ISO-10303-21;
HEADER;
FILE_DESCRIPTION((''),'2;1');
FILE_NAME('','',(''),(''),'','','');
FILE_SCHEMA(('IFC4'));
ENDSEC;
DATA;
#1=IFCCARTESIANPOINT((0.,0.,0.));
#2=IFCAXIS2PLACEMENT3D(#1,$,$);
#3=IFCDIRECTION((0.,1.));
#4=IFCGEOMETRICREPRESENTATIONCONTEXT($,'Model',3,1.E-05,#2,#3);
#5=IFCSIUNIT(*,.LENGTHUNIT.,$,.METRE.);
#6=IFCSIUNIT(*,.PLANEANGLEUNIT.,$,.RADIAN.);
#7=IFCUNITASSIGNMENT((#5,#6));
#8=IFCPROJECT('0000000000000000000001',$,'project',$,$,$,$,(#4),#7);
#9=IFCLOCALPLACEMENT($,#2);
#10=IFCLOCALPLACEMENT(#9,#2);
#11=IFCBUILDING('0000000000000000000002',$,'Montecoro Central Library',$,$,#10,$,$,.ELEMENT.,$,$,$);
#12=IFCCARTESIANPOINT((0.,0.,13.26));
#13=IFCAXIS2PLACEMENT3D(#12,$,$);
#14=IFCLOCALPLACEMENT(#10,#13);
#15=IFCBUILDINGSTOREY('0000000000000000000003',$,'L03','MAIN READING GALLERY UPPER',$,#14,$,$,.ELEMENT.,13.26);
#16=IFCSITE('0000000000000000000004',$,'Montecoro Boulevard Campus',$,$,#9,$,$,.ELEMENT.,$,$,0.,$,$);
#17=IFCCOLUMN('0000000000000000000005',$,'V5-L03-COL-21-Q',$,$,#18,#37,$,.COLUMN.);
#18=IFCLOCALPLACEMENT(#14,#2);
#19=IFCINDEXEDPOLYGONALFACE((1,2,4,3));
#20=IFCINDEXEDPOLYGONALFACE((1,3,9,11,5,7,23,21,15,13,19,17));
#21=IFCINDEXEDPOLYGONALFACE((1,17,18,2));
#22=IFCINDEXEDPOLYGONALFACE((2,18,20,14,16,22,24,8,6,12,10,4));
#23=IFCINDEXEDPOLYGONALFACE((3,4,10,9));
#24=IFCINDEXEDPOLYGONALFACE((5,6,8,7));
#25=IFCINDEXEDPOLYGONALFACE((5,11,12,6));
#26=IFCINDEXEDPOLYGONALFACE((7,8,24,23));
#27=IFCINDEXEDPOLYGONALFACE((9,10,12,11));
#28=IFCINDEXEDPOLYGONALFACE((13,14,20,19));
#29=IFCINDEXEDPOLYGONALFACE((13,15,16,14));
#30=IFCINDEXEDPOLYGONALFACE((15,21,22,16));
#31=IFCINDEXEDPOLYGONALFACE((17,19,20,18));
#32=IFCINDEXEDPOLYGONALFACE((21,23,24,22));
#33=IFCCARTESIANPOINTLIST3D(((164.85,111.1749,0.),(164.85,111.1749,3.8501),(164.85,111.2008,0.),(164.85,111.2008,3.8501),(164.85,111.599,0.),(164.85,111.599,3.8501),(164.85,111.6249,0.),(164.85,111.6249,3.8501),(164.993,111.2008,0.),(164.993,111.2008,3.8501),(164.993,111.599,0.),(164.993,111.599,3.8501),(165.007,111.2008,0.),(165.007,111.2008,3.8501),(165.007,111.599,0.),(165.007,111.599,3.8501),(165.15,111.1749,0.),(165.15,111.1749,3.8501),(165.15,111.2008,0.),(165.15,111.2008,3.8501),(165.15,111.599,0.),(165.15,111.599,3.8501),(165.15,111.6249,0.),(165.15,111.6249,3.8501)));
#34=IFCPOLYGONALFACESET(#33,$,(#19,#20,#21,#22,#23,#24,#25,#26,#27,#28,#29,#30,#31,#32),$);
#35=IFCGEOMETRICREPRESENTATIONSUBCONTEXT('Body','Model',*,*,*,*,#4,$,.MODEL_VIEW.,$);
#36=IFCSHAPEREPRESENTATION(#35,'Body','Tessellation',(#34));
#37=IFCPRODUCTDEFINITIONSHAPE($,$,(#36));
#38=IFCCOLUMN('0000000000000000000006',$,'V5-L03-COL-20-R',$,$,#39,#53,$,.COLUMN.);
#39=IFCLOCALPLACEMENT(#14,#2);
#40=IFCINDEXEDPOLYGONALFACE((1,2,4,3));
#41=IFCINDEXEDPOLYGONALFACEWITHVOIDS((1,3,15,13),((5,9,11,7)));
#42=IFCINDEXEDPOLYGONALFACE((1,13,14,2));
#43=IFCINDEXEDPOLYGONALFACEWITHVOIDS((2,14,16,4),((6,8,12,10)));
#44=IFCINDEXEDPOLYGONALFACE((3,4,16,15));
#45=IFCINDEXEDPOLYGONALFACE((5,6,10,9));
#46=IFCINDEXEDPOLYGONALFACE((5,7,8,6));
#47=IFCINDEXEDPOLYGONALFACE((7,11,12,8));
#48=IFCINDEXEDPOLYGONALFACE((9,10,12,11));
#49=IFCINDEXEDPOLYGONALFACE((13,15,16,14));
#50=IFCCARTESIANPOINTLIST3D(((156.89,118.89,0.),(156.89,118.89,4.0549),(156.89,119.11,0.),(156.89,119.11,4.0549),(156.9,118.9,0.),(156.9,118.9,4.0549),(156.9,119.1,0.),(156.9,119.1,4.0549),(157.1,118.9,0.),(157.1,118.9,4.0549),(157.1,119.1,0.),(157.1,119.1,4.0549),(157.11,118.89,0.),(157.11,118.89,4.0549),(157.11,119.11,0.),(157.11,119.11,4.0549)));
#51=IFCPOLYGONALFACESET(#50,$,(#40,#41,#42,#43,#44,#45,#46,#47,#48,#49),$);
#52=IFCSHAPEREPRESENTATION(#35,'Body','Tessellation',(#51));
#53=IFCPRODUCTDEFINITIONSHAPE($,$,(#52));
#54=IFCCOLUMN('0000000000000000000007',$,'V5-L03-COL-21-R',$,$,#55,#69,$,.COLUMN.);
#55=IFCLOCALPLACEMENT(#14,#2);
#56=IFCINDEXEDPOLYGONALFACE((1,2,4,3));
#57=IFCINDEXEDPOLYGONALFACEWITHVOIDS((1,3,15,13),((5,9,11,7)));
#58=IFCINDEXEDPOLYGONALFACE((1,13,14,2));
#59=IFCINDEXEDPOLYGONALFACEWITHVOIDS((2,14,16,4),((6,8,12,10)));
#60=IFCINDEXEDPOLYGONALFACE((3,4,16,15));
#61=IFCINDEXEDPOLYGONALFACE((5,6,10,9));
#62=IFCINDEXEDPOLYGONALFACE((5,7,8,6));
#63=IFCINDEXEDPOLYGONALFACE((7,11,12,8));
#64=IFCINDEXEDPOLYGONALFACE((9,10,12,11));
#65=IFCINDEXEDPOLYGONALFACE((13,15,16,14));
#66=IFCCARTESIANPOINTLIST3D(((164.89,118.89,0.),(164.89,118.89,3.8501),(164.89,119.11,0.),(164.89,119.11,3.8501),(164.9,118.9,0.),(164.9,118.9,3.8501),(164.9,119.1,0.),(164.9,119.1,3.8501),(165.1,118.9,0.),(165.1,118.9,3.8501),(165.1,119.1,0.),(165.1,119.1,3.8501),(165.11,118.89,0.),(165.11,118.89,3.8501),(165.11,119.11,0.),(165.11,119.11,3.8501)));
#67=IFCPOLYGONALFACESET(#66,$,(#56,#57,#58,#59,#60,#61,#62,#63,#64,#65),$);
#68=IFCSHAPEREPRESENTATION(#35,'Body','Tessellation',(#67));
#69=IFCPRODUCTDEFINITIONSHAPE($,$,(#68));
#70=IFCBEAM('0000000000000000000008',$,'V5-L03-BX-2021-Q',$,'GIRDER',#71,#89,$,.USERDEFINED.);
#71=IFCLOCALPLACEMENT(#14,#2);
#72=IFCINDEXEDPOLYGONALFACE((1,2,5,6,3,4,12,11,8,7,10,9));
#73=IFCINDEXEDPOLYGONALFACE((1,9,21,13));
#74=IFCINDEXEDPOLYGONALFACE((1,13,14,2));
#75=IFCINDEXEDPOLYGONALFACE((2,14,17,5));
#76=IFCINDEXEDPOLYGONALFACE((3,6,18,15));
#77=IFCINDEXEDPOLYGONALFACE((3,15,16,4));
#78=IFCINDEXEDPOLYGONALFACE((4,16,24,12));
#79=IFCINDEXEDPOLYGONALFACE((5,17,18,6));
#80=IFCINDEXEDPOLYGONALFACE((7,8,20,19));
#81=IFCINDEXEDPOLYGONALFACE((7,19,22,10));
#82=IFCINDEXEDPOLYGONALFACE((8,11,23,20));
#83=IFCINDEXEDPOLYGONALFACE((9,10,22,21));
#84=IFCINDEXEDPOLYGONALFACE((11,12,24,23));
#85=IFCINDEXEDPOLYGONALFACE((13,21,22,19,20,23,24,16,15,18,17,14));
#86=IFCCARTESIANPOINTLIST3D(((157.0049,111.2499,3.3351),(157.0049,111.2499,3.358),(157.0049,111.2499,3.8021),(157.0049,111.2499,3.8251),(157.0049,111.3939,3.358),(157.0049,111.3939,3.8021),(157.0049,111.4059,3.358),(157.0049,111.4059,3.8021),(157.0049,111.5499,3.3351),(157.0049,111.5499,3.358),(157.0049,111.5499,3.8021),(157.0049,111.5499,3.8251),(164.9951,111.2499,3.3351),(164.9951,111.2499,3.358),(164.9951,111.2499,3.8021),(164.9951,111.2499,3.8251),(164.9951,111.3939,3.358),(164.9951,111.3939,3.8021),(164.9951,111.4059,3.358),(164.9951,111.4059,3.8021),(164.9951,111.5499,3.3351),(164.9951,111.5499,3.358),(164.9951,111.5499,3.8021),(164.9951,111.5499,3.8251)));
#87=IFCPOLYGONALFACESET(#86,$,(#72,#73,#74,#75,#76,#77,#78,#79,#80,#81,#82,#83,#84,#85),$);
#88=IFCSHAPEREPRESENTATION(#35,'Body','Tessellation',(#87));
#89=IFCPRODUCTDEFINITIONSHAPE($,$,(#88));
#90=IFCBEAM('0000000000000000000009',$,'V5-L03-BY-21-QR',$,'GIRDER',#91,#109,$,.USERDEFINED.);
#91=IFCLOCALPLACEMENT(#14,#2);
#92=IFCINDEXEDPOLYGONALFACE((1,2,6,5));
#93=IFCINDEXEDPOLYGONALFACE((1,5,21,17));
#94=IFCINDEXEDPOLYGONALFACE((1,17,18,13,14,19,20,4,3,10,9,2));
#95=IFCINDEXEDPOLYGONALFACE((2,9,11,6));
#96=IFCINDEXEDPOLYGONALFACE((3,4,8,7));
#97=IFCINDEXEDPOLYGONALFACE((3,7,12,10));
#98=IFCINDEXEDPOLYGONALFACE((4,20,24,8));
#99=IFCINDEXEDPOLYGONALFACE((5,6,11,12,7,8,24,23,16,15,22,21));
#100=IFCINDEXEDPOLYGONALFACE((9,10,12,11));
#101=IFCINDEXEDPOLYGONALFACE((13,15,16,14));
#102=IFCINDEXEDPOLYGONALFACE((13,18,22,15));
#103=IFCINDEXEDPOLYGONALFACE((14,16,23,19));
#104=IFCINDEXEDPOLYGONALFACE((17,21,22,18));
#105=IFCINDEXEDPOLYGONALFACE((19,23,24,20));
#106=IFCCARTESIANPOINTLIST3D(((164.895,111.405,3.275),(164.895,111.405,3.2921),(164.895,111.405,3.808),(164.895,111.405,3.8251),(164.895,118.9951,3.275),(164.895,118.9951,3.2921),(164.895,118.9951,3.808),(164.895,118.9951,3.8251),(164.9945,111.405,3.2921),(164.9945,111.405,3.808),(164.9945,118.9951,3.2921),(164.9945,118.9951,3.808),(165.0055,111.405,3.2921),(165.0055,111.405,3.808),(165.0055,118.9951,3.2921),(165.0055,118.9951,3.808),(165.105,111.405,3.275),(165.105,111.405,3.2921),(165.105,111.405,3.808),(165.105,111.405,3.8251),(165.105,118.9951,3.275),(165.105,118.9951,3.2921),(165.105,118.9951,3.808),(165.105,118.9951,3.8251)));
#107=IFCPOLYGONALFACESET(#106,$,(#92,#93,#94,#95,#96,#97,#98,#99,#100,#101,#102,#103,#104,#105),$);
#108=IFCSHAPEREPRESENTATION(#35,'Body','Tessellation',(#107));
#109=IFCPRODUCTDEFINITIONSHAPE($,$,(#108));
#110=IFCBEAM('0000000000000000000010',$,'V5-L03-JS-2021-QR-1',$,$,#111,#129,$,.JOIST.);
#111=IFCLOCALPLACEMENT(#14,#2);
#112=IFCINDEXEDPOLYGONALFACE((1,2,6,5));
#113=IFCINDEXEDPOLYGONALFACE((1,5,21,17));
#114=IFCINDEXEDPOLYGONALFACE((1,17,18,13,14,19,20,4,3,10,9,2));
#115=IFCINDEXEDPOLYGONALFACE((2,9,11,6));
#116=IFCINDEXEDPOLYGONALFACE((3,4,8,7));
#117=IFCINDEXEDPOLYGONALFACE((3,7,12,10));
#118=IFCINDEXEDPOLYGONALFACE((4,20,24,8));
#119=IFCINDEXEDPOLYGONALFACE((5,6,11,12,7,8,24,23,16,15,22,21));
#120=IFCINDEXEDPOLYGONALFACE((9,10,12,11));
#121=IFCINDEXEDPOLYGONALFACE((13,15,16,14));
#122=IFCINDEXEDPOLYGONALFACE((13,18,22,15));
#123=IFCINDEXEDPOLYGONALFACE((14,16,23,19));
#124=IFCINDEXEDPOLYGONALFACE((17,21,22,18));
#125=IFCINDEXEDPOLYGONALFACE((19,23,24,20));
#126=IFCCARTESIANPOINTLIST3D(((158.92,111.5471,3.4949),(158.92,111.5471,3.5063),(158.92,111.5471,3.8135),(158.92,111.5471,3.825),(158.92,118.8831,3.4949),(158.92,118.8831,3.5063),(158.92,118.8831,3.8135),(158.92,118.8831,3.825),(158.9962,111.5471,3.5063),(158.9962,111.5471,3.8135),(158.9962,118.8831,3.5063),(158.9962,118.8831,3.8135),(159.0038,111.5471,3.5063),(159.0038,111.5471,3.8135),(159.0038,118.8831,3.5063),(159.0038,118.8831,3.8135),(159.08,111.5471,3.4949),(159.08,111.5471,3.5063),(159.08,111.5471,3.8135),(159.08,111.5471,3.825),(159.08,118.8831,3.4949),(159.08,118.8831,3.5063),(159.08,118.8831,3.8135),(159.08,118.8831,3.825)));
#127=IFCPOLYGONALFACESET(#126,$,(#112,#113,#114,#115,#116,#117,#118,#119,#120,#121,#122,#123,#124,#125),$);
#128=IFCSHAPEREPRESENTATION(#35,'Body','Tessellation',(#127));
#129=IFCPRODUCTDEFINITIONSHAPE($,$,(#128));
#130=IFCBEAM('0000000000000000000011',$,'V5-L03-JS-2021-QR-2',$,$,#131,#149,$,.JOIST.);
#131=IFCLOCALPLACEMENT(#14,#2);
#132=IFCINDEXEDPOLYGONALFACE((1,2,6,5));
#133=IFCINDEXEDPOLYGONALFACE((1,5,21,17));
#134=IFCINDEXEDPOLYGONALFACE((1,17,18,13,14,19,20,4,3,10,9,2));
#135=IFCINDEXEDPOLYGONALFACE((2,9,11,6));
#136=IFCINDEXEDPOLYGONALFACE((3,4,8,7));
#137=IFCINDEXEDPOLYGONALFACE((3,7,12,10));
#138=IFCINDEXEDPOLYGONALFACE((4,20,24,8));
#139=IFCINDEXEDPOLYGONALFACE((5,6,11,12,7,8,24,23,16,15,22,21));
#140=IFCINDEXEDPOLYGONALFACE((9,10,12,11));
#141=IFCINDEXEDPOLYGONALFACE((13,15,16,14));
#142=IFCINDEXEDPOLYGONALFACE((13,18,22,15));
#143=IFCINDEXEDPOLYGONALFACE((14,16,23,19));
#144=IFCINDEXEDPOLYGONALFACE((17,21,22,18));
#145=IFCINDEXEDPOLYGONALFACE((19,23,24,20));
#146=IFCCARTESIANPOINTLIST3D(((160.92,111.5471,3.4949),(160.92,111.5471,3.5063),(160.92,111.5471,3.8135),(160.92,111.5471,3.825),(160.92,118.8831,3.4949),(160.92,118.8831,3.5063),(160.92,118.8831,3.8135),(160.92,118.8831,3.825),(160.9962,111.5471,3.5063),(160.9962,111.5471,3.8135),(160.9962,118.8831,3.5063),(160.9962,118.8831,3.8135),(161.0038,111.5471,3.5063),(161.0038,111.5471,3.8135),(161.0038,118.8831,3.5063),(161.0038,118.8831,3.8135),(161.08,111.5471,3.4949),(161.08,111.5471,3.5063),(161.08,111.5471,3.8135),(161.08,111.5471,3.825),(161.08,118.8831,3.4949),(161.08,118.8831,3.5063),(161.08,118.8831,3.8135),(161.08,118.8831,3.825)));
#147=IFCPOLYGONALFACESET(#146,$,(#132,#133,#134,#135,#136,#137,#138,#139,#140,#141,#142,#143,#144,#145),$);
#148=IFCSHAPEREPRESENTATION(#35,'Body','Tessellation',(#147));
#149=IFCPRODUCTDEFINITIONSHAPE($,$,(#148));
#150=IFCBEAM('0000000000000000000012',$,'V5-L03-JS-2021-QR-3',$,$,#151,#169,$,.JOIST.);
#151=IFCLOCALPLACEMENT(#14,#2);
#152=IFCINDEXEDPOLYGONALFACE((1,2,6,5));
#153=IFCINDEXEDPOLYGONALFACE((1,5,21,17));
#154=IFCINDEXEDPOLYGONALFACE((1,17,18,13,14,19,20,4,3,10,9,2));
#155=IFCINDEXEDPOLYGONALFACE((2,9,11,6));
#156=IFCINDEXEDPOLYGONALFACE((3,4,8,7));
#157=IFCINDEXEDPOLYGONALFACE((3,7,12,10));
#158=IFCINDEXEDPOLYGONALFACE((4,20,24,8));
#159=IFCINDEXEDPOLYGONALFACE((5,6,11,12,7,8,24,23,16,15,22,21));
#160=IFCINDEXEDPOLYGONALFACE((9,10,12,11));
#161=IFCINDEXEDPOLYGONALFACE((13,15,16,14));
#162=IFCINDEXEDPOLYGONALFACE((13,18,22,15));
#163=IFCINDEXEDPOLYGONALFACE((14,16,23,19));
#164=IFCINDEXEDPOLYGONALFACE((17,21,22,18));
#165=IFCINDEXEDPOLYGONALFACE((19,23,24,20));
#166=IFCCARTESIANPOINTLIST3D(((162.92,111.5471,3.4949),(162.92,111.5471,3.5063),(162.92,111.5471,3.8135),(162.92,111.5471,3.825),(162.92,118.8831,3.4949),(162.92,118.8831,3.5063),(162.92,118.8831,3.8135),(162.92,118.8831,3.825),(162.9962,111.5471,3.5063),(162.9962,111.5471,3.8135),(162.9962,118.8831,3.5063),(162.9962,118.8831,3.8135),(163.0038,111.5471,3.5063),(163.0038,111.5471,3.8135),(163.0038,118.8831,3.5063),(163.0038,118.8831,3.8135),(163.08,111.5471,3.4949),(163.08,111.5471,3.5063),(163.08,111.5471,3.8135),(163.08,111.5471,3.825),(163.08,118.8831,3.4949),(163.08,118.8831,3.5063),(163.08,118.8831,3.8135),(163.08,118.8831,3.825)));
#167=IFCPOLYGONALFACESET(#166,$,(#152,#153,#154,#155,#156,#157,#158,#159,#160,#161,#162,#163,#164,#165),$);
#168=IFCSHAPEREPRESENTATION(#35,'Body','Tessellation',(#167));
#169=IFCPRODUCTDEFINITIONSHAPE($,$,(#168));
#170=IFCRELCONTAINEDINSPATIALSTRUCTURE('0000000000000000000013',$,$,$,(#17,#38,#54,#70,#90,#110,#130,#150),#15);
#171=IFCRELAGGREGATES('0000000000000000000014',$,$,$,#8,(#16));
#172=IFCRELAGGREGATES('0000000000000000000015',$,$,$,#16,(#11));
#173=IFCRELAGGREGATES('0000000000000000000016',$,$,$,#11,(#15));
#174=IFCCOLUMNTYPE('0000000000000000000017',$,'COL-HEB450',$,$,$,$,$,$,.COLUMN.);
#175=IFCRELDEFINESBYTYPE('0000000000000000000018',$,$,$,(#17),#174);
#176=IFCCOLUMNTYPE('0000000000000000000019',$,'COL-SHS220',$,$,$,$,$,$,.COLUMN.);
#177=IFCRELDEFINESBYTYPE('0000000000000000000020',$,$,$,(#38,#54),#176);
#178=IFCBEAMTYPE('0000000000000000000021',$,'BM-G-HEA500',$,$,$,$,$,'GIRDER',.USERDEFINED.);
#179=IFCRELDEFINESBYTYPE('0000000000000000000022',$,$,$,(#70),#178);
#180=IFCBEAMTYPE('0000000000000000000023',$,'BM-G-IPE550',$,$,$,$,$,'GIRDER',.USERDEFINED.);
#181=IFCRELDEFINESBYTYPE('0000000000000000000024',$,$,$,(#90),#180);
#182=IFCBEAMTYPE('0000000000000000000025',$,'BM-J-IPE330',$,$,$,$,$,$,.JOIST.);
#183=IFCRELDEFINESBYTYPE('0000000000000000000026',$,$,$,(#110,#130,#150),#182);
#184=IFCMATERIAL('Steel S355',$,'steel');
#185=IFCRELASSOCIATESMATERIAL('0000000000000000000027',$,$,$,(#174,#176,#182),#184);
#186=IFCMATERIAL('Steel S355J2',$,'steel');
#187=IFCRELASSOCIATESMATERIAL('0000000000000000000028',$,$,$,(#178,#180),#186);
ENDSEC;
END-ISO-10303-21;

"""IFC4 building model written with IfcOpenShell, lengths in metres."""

from ifc_helpers import new_model, si_unit, direction, frame, origin, origin_2d, place, context, subcontext, project, spatial, hollow_rectangle, i_section, extrude, material, material_profile, profile_set, type_object, element, save


model = new_model("IFC4")

# Units and contexts
model_context = context("Model", 3, precision=1e-05, world=origin(), true_north=direction((0.0, 1.0)))
body_context = subcontext(model_context, "Body", "Model", "MODEL_VIEW")
ifc_project = project(units=[si_unit("LENGTHUNIT", "METRE"), si_unit("PLANEANGLEUNIT", "RADIAN")], contexts=[model_context])

# Site, building, storey
site_placement = place(None, origin())
site = spatial("IfcSite", under=ifc_project, at=site_placement, Name="Montecoro Boulevard Campus", CompositionType="ELEMENT", RefElevation=0.0)
building_placement = place(site_placement, origin())
building = spatial("IfcBuilding", under=site, at=building_placement, Name="Montecoro Central Library", CompositionType="ELEMENT")
storey_placement = place(building_placement, frame((0.0, 0.0, 13.26)))
storey = spatial("IfcBuildingStorey", under=building, at=storey_placement, Name="L03", Description="MAIN READING GALLERY UPPER", CompositionType="ELEMENT", Elevation=13.26)

# Columns
ifc_material_1 = material(Name="Steel S355", Category="steel")
ifc_material_profile_1 = material_profile(ifc_material_1, i_section(OverallWidth=0.3, OverallDepth=0.45, WebThickness=0.0139, FlangeThickness=0.0259, at=origin_2d()), Name="HEB 450")
ifc_profile_set_1 = profile_set([ifc_material_profile_1], Name="Steel S355")
column_type_1 = type_object("IfcColumnType", Name="COL-HEB450", PredefinedType="COLUMN", material=ifc_profile_set_1)
column_1_placement = place(storey_placement, frame((165.0, 111.3999, 0.0), z_axis=(0.0, 0.0, 1.0), x_axis=(1.0, 0.0, 0.0)))
element("IfcColumn", 1, at=column_1_placement, inside=storey, type_object=column_type_1, Name="V5-L03-COL-21-Q", PredefinedType="COLUMN", context=body_context, shape_type="SweptSolid", body=[
    extrude(i_section(OverallWidth=0.3, OverallDepth=0.45, WebThickness=0.0139, FlangeThickness=0.0259, at=origin_2d()), origin(), (0.0, 0.0, 1.0), 3.8501),
])
ifc_material_profile_2 = material_profile(ifc_material_1, hollow_rectangle(XDim=0.22, YDim=0.22, WallThickness=0.01, at=origin_2d()), Name="SHS 220x220x10.0")
ifc_profile_set_2 = profile_set([ifc_material_profile_2], Name="Steel S355")
column_type_2 = type_object("IfcColumnType", Name="COL-SHS220", PredefinedType="COLUMN", material=ifc_profile_set_2)
column_2_placement = place(storey_placement, frame((157.0, 119.0, 0.0), z_axis=(0.0, 0.0, 1.0), x_axis=(1.0, 0.0, 0.0)))
element("IfcColumn", 2, at=column_2_placement, inside=storey, type_object=column_type_2, Name="V5-L03-COL-20-R", PredefinedType="COLUMN", context=body_context, shape_type="SweptSolid", body=[
    extrude(hollow_rectangle(XDim=0.22, YDim=0.22, WallThickness=0.01, at=origin_2d()), origin(), (0.0, 0.0, 1.0), 4.0549),
])
column_3_placement = place(storey_placement, frame((165.0, 119.0, 0.0), z_axis=(0.0, 0.0, 1.0), x_axis=(1.0, 0.0, 0.0)))
element("IfcColumn", 3, at=column_3_placement, inside=storey, type_object=column_type_2, Name="V5-L03-COL-21-R", PredefinedType="COLUMN", context=body_context, shape_type="SweptSolid", body=[
    extrude(hollow_rectangle(XDim=0.22, YDim=0.22, WallThickness=0.01, at=origin_2d()), origin(), (0.0, 0.0, 1.0), 3.8501),
])

# Beams
ifc_material_2 = material(Name="Steel S355J2", Category="steel")
ifc_material_profile_3 = material_profile(ifc_material_2, i_section(OverallWidth=0.3, OverallDepth=0.49, WebThickness=0.012, FlangeThickness=0.0229, at=origin_2d()), Name="HEA 500")
ifc_profile_set_3 = profile_set([ifc_material_profile_3], Name="Steel S355J2")
beam_type_1 = type_object("IfcBeamType", Name="BM-G-HEA500", ElementType="GIRDER", PredefinedType="USERDEFINED", material=ifc_profile_set_3)
beam_1_placement = place(storey_placement, frame((157.0049, 111.3999, 3.5801), z_axis=(1.0, 0.0, 0.0), x_axis=(0.0, 1.0, 0.0)))
element("IfcBeam", 4, at=beam_1_placement, inside=storey, type_object=beam_type_1, Name="V5-L03-BX-2021-Q", ObjectType="GIRDER", PredefinedType="USERDEFINED", context=body_context, shape_type="SweptSolid", body=[
    extrude(i_section(OverallWidth=0.3, OverallDepth=0.49, WebThickness=0.012, FlangeThickness=0.0229, at=origin_2d()), origin(), (0.0, 0.0, 1.0), 7.9902),
])
ifc_material_profile_4 = material_profile(ifc_material_2, i_section(OverallWidth=0.21, OverallDepth=0.55, WebThickness=0.011, FlangeThickness=0.0171, at=origin_2d()), Name="IPE 550")
ifc_profile_set_4 = profile_set([ifc_material_profile_4], Name="Steel S355J2")
beam_type_2 = type_object("IfcBeamType", Name="BM-G-IPE550", ElementType="GIRDER", PredefinedType="USERDEFINED", material=ifc_profile_set_4)
beam_2_placement = place(storey_placement, frame((165.0, 111.405, 3.55), z_axis=(0.0, 1.0, 0.0), x_axis=(-1.0, 0.0, 0.0)))
element("IfcBeam", 5, at=beam_2_placement, inside=storey, type_object=beam_type_2, Name="V5-L03-BY-21-QR", ObjectType="GIRDER", PredefinedType="USERDEFINED", context=body_context, shape_type="SweptSolid", body=[
    extrude(i_section(OverallWidth=0.21, OverallDepth=0.55, WebThickness=0.011, FlangeThickness=0.0171, at=origin_2d()), origin(), (0.0, 0.0, 1.0), 7.5901),
])
ifc_material_profile_5 = material_profile(ifc_material_1, i_section(OverallWidth=0.1599, OverallDepth=0.3301, WebThickness=0.0076, FlangeThickness=0.0115, at=origin_2d()), Name="IPE 330")
ifc_profile_set_5 = profile_set([ifc_material_profile_5], Name="Steel S355")
beam_type_3 = type_object("IfcBeamType", Name="BM-J-IPE330", PredefinedType="JOIST", material=ifc_profile_set_5)
for number, where, z_axis, x_axis, name in (
    (6, (159.0, 111.5471, 3.6599), (0.0, 1.0, 0.0), (-1.0, 0.0, 0.0), "V5-L03-JS-2021-QR-1"),
    (7, (161.0, 111.5471, 3.6599), (0.0, 1.0, 0.0), (-1.0, 0.0, 0.0), "V5-L03-JS-2021-QR-2"),
    (8, (163.0, 111.5471, 3.6599), (0.0, 1.0, 0.0), (-1.0, 0.0, 0.0), "V5-L03-JS-2021-QR-3"),
):
    element("IfcBeam", number, at=place(storey_placement, frame(where, z_axis=z_axis, x_axis=x_axis)), inside=storey, type_object=beam_type_3, Name=name, PredefinedType="JOIST", context=body_context, shape_type="SweptSolid", body=[
        extrude(i_section(OverallWidth=0.1599, OverallDepth=0.3301, WebThickness=0.0076, FlangeThickness=0.0115, at=origin_2d()), origin(), (0.0, 0.0, 1.0), 7.3359),
    ])

save(model, "model.ifc")
